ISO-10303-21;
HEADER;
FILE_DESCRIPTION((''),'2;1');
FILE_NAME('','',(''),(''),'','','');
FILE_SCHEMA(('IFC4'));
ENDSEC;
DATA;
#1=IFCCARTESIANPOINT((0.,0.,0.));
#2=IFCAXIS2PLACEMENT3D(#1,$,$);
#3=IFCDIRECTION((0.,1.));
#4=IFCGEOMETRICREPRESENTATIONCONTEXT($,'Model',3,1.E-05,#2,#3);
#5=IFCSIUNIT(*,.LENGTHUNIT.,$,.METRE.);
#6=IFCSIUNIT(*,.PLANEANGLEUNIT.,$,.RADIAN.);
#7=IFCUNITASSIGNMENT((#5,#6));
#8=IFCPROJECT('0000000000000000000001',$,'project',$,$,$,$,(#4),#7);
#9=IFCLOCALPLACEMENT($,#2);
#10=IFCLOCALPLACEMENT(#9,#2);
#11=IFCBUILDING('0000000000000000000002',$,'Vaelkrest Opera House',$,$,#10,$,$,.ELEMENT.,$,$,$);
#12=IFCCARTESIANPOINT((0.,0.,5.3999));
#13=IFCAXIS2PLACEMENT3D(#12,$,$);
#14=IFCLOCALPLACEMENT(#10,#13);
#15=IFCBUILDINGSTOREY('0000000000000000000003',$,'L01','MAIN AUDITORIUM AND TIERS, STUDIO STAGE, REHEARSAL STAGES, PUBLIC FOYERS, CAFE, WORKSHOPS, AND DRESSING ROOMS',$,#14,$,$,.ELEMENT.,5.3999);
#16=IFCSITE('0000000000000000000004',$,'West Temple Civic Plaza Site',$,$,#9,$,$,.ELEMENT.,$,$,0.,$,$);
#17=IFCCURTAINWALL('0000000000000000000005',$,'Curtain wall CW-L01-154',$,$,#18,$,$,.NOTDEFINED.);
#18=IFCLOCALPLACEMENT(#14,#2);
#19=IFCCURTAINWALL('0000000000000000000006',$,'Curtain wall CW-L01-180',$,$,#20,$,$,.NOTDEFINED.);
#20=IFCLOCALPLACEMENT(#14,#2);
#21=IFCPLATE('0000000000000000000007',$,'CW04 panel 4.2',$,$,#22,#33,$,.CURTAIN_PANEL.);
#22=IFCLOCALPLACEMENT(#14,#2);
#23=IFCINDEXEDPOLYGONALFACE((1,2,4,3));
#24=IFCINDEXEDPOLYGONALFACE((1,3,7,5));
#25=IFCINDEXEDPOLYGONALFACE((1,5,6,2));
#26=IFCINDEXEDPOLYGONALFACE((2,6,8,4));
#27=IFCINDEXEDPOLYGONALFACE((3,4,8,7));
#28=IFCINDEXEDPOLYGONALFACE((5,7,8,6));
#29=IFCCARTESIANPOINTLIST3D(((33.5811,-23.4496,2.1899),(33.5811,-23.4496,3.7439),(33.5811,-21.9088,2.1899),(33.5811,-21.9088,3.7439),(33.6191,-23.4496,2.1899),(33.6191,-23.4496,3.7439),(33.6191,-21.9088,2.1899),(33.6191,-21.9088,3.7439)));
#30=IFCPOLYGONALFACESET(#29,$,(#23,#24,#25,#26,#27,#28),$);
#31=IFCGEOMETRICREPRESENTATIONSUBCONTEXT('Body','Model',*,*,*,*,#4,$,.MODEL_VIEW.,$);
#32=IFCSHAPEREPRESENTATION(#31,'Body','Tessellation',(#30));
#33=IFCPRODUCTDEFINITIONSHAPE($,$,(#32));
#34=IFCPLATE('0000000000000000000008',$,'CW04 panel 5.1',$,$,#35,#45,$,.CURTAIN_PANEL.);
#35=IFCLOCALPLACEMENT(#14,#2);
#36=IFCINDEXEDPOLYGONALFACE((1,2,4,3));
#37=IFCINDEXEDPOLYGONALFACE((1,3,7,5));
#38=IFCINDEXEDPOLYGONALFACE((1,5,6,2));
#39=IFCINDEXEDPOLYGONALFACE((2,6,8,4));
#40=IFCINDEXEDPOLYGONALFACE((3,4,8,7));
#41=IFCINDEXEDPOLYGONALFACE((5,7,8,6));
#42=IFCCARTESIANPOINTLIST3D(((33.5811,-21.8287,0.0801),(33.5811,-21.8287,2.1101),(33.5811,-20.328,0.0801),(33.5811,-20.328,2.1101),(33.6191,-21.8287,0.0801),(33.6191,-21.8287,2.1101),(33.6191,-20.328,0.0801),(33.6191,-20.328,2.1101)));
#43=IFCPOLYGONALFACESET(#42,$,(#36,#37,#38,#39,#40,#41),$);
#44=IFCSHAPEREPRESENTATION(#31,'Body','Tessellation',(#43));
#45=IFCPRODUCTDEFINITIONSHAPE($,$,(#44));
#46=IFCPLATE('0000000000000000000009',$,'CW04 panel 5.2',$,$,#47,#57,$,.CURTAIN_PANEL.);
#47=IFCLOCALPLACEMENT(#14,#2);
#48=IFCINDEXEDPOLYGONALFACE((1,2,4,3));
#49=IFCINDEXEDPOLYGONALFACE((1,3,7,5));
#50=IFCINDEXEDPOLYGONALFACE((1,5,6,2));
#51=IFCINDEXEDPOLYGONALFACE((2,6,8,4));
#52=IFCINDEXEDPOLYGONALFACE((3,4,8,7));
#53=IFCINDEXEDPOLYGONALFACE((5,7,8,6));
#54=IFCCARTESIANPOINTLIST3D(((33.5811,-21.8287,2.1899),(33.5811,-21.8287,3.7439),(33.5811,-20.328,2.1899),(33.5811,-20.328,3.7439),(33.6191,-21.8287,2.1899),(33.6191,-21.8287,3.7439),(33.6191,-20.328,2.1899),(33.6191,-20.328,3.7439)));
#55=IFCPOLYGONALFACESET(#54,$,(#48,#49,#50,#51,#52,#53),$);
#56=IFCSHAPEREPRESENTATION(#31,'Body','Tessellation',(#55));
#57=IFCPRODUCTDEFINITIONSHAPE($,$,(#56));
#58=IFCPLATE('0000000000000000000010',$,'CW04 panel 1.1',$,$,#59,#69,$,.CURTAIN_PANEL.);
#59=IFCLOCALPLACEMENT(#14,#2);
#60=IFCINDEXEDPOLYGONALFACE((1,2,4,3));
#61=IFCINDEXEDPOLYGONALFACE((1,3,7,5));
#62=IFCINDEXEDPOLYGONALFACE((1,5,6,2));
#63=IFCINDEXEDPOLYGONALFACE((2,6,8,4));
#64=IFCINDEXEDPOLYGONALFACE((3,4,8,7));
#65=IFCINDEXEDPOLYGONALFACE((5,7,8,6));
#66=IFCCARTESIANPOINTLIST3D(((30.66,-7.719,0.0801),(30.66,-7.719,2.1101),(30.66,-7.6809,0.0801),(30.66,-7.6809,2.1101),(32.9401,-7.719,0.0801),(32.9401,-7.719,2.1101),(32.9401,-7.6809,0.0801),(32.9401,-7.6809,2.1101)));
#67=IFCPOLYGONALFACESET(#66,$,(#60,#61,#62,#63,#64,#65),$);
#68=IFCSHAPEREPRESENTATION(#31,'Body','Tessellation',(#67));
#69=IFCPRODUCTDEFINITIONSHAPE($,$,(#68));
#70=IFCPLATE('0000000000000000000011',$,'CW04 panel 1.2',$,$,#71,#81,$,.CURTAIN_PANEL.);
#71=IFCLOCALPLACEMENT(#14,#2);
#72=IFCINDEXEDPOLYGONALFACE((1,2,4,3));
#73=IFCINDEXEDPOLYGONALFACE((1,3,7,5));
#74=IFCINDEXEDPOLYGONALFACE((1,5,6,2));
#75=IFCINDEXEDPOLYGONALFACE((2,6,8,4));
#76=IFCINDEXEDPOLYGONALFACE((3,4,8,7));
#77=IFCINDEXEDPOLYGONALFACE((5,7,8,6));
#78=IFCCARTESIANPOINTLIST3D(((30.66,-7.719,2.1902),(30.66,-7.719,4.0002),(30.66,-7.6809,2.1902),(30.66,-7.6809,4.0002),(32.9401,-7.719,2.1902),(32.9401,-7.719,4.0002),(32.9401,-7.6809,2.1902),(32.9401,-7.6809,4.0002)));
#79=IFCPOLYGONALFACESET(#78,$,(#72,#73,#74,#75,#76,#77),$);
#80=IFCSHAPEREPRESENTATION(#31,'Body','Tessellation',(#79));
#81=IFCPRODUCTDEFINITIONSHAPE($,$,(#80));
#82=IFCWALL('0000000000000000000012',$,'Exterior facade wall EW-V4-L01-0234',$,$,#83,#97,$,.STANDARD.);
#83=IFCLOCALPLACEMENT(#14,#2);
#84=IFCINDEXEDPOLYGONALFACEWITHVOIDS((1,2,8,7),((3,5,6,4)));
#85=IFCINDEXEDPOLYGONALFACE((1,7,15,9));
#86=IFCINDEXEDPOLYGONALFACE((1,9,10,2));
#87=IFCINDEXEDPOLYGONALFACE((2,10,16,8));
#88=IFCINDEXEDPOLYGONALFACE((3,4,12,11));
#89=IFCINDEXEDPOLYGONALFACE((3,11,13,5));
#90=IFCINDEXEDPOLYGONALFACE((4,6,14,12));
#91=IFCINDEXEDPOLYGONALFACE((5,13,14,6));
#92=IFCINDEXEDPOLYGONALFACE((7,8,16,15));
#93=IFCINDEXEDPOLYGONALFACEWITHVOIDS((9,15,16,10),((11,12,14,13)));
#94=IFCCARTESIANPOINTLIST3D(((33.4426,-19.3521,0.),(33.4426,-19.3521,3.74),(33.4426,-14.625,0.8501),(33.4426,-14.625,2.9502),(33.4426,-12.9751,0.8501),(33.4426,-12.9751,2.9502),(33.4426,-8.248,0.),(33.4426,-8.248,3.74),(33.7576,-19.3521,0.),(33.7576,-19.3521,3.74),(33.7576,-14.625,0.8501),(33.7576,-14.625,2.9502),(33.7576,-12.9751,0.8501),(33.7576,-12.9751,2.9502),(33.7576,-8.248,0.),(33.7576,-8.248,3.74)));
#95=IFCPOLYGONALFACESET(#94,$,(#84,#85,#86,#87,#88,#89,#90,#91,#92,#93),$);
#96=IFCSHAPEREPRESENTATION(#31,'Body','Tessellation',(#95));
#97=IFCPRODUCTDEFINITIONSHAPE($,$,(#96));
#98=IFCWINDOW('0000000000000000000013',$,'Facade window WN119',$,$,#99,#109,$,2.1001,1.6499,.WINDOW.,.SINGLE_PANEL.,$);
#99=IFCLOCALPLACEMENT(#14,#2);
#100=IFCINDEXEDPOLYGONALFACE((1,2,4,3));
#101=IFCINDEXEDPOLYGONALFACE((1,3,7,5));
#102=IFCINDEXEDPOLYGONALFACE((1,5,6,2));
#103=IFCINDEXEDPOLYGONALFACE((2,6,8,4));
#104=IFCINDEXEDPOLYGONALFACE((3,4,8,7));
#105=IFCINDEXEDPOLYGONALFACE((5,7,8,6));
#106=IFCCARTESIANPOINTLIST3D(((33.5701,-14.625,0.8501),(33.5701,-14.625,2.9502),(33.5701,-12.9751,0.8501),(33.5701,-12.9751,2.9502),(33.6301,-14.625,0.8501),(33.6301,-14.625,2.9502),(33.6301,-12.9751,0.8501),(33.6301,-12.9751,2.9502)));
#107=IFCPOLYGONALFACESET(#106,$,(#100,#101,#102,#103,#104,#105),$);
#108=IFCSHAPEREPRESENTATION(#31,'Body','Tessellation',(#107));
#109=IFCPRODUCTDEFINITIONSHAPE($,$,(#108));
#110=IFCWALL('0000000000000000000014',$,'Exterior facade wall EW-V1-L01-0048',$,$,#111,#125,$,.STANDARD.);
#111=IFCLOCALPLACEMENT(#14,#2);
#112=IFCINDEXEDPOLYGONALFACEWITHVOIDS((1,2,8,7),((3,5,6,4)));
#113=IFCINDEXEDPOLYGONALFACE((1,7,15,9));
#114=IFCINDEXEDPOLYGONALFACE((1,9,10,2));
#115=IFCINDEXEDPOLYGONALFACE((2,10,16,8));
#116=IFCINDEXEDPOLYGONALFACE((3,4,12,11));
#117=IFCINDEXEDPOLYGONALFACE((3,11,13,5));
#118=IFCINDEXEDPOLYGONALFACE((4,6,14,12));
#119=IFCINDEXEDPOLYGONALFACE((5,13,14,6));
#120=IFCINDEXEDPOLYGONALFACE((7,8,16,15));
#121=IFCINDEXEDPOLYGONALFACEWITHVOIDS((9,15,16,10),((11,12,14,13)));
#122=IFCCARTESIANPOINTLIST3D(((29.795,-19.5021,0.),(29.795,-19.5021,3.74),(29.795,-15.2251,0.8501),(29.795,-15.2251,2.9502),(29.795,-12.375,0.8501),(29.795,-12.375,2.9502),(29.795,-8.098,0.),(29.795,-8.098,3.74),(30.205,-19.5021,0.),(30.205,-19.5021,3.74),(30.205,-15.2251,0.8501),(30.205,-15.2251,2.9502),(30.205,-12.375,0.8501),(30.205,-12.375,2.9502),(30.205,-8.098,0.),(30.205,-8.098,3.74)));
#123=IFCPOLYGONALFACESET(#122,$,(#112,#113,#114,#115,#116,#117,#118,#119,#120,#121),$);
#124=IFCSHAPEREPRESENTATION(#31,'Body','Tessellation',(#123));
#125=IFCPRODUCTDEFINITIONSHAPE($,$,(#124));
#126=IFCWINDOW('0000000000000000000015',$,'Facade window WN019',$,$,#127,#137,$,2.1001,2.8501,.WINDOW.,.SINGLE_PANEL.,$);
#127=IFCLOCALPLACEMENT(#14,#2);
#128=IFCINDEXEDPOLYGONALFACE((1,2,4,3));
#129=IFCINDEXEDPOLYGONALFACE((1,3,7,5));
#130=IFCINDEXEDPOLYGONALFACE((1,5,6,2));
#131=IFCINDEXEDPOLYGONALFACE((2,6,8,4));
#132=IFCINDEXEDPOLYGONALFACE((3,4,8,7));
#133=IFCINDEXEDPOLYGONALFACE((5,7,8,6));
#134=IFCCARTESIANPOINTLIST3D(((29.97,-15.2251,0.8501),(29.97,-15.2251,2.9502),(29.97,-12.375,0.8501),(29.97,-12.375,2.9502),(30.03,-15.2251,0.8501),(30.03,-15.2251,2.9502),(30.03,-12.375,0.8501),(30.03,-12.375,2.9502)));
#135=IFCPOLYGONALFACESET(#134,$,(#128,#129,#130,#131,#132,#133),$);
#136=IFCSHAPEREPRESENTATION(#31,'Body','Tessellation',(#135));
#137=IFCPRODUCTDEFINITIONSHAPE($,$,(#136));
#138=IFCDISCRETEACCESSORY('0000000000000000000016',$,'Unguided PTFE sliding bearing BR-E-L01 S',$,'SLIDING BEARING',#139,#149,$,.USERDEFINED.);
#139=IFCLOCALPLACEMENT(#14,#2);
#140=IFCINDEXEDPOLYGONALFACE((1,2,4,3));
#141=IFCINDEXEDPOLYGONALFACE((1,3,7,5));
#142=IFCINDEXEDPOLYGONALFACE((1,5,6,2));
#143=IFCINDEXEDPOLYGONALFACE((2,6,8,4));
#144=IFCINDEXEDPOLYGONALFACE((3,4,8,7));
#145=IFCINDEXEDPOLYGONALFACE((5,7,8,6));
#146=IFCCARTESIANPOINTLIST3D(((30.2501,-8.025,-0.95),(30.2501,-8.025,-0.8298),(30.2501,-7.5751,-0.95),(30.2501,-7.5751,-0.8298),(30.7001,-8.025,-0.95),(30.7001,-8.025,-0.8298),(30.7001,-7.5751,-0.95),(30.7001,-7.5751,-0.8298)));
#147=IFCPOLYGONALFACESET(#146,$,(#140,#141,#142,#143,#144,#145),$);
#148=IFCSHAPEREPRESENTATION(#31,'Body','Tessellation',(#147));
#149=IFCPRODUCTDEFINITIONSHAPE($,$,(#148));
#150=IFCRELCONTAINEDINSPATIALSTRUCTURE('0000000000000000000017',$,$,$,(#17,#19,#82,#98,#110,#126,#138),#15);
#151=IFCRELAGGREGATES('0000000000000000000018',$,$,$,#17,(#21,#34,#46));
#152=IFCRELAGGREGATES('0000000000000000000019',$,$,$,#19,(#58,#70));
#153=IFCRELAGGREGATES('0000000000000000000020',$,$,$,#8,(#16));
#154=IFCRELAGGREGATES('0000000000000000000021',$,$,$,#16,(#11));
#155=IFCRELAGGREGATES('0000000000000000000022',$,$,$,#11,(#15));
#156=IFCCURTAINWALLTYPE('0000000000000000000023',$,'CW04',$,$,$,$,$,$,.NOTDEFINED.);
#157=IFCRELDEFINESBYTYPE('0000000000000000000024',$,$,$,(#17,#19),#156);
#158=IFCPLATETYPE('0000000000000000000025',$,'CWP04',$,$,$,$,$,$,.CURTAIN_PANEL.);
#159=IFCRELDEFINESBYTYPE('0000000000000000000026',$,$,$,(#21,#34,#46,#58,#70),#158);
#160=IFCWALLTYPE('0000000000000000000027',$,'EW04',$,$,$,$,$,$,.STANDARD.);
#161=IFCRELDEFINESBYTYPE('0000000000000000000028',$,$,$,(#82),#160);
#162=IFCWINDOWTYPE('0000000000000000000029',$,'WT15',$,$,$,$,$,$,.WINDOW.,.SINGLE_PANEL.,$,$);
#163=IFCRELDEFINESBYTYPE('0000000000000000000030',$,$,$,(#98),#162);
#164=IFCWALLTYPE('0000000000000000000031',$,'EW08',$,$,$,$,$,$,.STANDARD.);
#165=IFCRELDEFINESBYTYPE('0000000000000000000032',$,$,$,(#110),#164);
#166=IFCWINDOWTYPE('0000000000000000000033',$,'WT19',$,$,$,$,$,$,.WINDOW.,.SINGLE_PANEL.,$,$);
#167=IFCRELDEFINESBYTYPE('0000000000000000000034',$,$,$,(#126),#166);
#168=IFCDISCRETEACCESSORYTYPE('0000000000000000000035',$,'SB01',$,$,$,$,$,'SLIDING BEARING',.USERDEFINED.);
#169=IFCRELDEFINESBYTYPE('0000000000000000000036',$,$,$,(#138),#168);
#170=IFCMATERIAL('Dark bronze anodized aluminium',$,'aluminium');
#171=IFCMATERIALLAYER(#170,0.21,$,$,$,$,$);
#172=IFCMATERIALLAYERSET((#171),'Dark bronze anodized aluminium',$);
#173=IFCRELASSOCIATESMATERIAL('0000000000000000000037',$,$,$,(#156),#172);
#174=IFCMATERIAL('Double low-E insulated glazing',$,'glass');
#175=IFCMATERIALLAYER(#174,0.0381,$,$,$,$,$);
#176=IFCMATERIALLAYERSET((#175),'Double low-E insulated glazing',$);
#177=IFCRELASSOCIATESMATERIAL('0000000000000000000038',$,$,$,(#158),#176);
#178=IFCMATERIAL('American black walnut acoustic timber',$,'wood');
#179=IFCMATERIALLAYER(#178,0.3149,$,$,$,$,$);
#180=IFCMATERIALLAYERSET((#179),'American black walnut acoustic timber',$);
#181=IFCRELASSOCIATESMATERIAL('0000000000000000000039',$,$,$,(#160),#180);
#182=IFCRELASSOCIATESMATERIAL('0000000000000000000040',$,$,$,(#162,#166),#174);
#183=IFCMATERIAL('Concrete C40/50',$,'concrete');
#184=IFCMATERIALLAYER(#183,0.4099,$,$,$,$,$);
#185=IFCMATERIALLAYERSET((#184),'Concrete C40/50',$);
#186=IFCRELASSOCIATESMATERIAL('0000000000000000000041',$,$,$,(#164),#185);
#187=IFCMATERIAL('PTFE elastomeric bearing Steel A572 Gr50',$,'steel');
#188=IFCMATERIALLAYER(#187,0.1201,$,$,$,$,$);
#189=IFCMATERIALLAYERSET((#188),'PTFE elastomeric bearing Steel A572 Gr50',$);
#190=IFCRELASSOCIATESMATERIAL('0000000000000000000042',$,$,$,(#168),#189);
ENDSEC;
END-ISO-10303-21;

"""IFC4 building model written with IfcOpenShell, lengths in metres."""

from ifc_helpers import new_model, si_unit, direction, frame, frame_2d, origin, origin_2d, place, context, subcontext, project, spatial, rectangle, extrude, material, layer, layer_set, type_object, element, fill, aggregate, save


model = new_model("IFC4")

# Units and contexts
model_context = context("Model", 3, precision=1e-05, world=origin(), true_north=direction((0.0, 1.0)))
body_context = subcontext(model_context, "Body", "Model", "MODEL_VIEW")
ifc_project = project(units=[si_unit("LENGTHUNIT", "METRE"), si_unit("PLANEANGLEUNIT", "RADIAN")], contexts=[model_context])

# Site, building, storey
site_placement = place(None, origin())
site = spatial("IfcSite", under=ifc_project, at=site_placement, Name="West Temple Civic Plaza Site", CompositionType="ELEMENT", RefElevation=0.0)
building_placement = place(site_placement, origin())
building = spatial("IfcBuilding", under=site, at=building_placement, Name="Vaelkrest Opera House", CompositionType="ELEMENT")
storey_placement = place(building_placement, frame((0.0, 0.0, 5.3999)))
storey = spatial("IfcBuildingStorey", under=building, at=storey_placement, Name="L01", Description="MAIN AUDITORIUM AND TIERS, STUDIO STAGE, REHEARSAL STAGES, PUBLIC FOYERS, CAFE, WORKSHOPS, AND DRESSING ROOMS", CompositionType="ELEMENT", Elevation=5.3999)

# Shared definitions
ifc_material_1 = material(Name="Dark bronze anodized aluminium", Category="aluminium")

# Curtain walls
ifc_layer_1 = layer(ifc_material_1, 0.21)
ifc_layer_set_1 = layer_set([ifc_layer_1], Name="Dark bronze anodized aluminium")
curtain_wall_type_1 = type_object("IfcCurtainWallType", Name="CW04", PredefinedType="NOTDEFINED", material=ifc_layer_set_1)
curtain_wall_1_placement = place(storey_placement, origin())
curtain_wall_1 = element("IfcCurtainWall", 1, at=curtain_wall_1_placement, inside=storey, type_object=curtain_wall_type_1, Name="Curtain wall CW-L01-154", PredefinedType="NOTDEFINED")
curtain_wall_2_placement = place(storey_placement, origin())
curtain_wall_2 = element("IfcCurtainWall", 2, at=curtain_wall_2_placement, inside=storey, type_object=curtain_wall_type_1, Name="Curtain wall CW-L01-180", PredefinedType="NOTDEFINED")

# Plates
ifc_material_2 = material(Name="Double low-E insulated glazing", Category="glass")
ifc_layer_2 = layer(ifc_material_2, 0.0381)
ifc_layer_set_2 = layer_set([ifc_layer_2], Name="Double low-E insulated glazing")
plate_type = type_object("IfcPlateType", Name="CWP04", PredefinedType="CURTAIN_PANEL", material=ifc_layer_set_2)
plate_1_placement = place(storey_placement, frame((33.6001, -22.6792, 2.1899), z_axis=(0.0, 0.0, 1.0), x_axis=(0.0, 1.0, 0.0)))
plate_1 = element("IfcPlate", 3, at=plate_1_placement, type_object=plate_type, Name="CW04 panel 4.2", PredefinedType="CURTAIN_PANEL", context=body_context, shape_type="SweptSolid", body=[
    extrude(rectangle(XDim=1.5408, YDim=0.0381, at=origin_2d()), origin(), (0.0, 0.0, 1.0), 1.554),
])
plate_2_placement = place(storey_placement, frame((33.6001, -21.0784, 0.0801), z_axis=(0.0, 0.0, 1.0), x_axis=(0.0, 1.0, 0.0)))
plate_2 = element("IfcPlate", 4, at=plate_2_placement, type_object=plate_type, Name="CW04 panel 5.1", PredefinedType="CURTAIN_PANEL", context=body_context, shape_type="SweptSolid", body=[
    extrude(rectangle(XDim=1.5007, YDim=0.0381, at=origin_2d()), origin(), (0.0, 0.0, 1.0), 2.03),
])
plate_3_placement = place(storey_placement, frame((33.6001, -21.0784, 2.1899), z_axis=(0.0, 0.0, 1.0), x_axis=(0.0, 1.0, 0.0)))
plate_3 = element("IfcPlate", 5, at=plate_3_placement, type_object=plate_type, Name="CW04 panel 5.2", PredefinedType="CURTAIN_PANEL", context=body_context, shape_type="SweptSolid", body=[
    extrude(rectangle(XDim=1.5007, YDim=0.0381, at=origin_2d()), origin(), (0.0, 0.0, 1.0), 1.554),
])
aggregate(curtain_wall_1, [plate_1, plate_2, plate_3])
plate_4_placement = place(storey_placement, frame((31.8, -7.7, 0.0801), z_axis=(0.0, 0.0, 1.0), x_axis=(-1.0, 0.0, 0.0)))
plate_4 = element("IfcPlate", 6, at=plate_4_placement, type_object=plate_type, Name="CW04 panel 1.1", PredefinedType="CURTAIN_PANEL", context=body_context, shape_type="SweptSolid", body=[
    extrude(rectangle(XDim=2.28, YDim=0.0381, at=origin_2d()), origin(), (0.0, 0.0, 1.0), 2.03),
])
plate_5_placement = place(storey_placement, frame((31.8, -7.7, 2.1902), z_axis=(0.0, 0.0, 1.0), x_axis=(-1.0, 0.0, 0.0)))
plate_5 = element("IfcPlate", 7, at=plate_5_placement, type_object=plate_type, Name="CW04 panel 1.2", PredefinedType="CURTAIN_PANEL", context=body_context, shape_type="SweptSolid", body=[
    extrude(rectangle(XDim=2.28, YDim=0.0381, at=origin_2d()), origin(), (0.0, 0.0, 1.0), 1.8101),
])
aggregate(curtain_wall_2, [plate_4, plate_5])

# Walls, openings, windows
ifc_material_3 = material(Name="American black walnut acoustic timber", Category="wood")
ifc_layer_3 = layer(ifc_material_3, 0.3149)
ifc_layer_set_3 = layer_set([ifc_layer_3], Name="American black walnut acoustic timber")
wall_type_1 = type_object("IfcWallType", Name="EW04", PredefinedType="STANDARD", material=ifc_layer_set_3)
wall_1_placement = place(storey_placement, frame((33.6001, -19.3521, 0.0), z_axis=(0.0, 0.0, 1.0), x_axis=(0.0, 1.0, 0.0)))
wall_1 = element("IfcWall", 8, at=wall_1_placement, inside=storey, type_object=wall_type_1, Name="Exterior facade wall EW-V4-L01-0234", PredefinedType="STANDARD", context=body_context, shape_type="SweptSolid", body=[
    extrude(rectangle(XDim=11.104, YDim=0.3149, at=frame_2d((5.552, 0.0))), origin(), (0.0, 0.0, 1.0), 3.74),
])
opening_1_placement = place(wall_1_placement, frame((4.7271, 0.0, 0.8501)))
opening_1 = element("IfcOpeningElement", 9, at=opening_1_placement, cuts=wall_1, PredefinedType="OPENING", context=body_context, shape_type="SweptSolid", body=[
    extrude(rectangle(XDim=1.6499, YDim=2.1001, at=frame_2d((0.825, 1.05))), frame((0.0, 0.1675, 0.0), z_axis=(0.0, -1.0, 0.0), x_axis=(1.0, 0.0, 0.0)), (0.0, 0.0, 1.0), 0.335),
])
window_type_1 = type_object("IfcWindowType", Name="WT15", PartitioningType="SINGLE_PANEL", PredefinedType="WINDOW", material=ifc_material_2)
window_1_placement = place(opening_1_placement, origin())
window_1 = element("IfcWindow", 10, at=window_1_placement, inside=storey, type_object=window_type_1, Name="Facade window WN119", OverallHeight=2.1001, OverallWidth=1.6499, PartitioningType="SINGLE_PANEL", PredefinedType="WINDOW", context=body_context, shape_type="SweptSolid", body=[
    extrude(rectangle(XDim=1.6499, YDim=2.1001, at=frame_2d((0.825, 1.05))), frame((0.0, 0.03, 0.0), z_axis=(0.0, -1.0, 0.0), x_axis=(1.0, 0.0, 0.0)), (0.0, 0.0, 1.0), 0.0601),
])
fill(opening_1, window_1)
ifc_material_4 = material(Name="Concrete C40/50", Category="concrete")
ifc_layer_4 = layer(ifc_material_4, 0.4099)
ifc_layer_set_4 = layer_set([ifc_layer_4], Name="Concrete C40/50")
wall_type_2 = type_object("IfcWallType", Name="EW08", PredefinedType="STANDARD", material=ifc_layer_set_4)
wall_2_placement = place(storey_placement, frame((30.0, -8.0979, 0.0), z_axis=(0.0, 0.0, 1.0), x_axis=(0.0, -1.0, 0.0)))
wall_2 = element("IfcWall", 11, at=wall_2_placement, inside=storey, type_object=wall_type_2, Name="Exterior facade wall EW-V1-L01-0048", PredefinedType="STANDARD", context=body_context, shape_type="SweptSolid", body=[
    extrude(rectangle(XDim=11.4041, YDim=0.4099, at=frame_2d((5.7021, 0.0))), origin(), (0.0, 0.0, 1.0), 3.74),
])
opening_2_placement = place(wall_2_placement, frame((4.2771, 0.0, 0.8501)))
opening_2 = element("IfcOpeningElement", 12, at=opening_2_placement, cuts=wall_2, PredefinedType="OPENING", context=body_context, shape_type="SweptSolid", body=[
    extrude(rectangle(XDim=2.8501, YDim=2.1001, at=frame_2d((1.425, 1.05))), frame((0.0, 0.2148, 0.0), z_axis=(0.0, -1.0, 0.0), x_axis=(1.0, 0.0, 0.0)), (0.0, 0.0, 1.0), 0.4299),
])
window_type_2 = type_object("IfcWindowType", Name="WT19", PartitioningType="SINGLE_PANEL", PredefinedType="WINDOW", material=ifc_material_2)
window_2_placement = place(opening_2_placement, origin())
window_2 = element("IfcWindow", 13, at=window_2_placement, inside=storey, type_object=window_type_2, Name="Facade window WN019", OverallHeight=2.1001, OverallWidth=2.8501, PartitioningType="SINGLE_PANEL", PredefinedType="WINDOW", context=body_context, shape_type="SweptSolid", body=[
    extrude(rectangle(XDim=2.8501, YDim=2.1001, at=frame_2d((1.425, 1.05))), frame((0.0, 0.03, 0.0), z_axis=(0.0, -1.0, 0.0), x_axis=(1.0, 0.0, 0.0)), (0.0, 0.0, 1.0), 0.0601),
])
fill(opening_2, window_2)

# Discrete accessory
ifc_material_5 = material(Name="PTFE elastomeric bearing Steel A572 Gr50", Category="steel")
ifc_layer_5 = layer(ifc_material_5, 0.1201)
ifc_layer_set_5 = layer_set([ifc_layer_5], Name="PTFE elastomeric bearing Steel A572 Gr50")
discrete_accessory_type = type_object("IfcDiscreteAccessoryType", Name="SB01", ElementType="SLIDING BEARING", PredefinedType="USERDEFINED", material=ifc_layer_set_5)
discrete_accessory_placement = place(storey_placement, frame((30.4751, -7.8, -0.95), z_axis=(0.0, 0.0, 1.0), x_axis=(1.0, 0.0, 0.0)))
element("IfcDiscreteAccessory", 14, at=discrete_accessory_placement, inside=storey, type_object=discrete_accessory_type, Name="Unguided PTFE sliding bearing BR-E-L01 S", ObjectType="SLIDING BEARING", PredefinedType="USERDEFINED", context=body_context, shape_type="SweptSolid", body=[
    extrude(rectangle(XDim=0.45, YDim=0.45, at=origin_2d()), origin(), (0.0, 0.0, 1.0), 0.1201),
])

save(model, "model.ifc")
